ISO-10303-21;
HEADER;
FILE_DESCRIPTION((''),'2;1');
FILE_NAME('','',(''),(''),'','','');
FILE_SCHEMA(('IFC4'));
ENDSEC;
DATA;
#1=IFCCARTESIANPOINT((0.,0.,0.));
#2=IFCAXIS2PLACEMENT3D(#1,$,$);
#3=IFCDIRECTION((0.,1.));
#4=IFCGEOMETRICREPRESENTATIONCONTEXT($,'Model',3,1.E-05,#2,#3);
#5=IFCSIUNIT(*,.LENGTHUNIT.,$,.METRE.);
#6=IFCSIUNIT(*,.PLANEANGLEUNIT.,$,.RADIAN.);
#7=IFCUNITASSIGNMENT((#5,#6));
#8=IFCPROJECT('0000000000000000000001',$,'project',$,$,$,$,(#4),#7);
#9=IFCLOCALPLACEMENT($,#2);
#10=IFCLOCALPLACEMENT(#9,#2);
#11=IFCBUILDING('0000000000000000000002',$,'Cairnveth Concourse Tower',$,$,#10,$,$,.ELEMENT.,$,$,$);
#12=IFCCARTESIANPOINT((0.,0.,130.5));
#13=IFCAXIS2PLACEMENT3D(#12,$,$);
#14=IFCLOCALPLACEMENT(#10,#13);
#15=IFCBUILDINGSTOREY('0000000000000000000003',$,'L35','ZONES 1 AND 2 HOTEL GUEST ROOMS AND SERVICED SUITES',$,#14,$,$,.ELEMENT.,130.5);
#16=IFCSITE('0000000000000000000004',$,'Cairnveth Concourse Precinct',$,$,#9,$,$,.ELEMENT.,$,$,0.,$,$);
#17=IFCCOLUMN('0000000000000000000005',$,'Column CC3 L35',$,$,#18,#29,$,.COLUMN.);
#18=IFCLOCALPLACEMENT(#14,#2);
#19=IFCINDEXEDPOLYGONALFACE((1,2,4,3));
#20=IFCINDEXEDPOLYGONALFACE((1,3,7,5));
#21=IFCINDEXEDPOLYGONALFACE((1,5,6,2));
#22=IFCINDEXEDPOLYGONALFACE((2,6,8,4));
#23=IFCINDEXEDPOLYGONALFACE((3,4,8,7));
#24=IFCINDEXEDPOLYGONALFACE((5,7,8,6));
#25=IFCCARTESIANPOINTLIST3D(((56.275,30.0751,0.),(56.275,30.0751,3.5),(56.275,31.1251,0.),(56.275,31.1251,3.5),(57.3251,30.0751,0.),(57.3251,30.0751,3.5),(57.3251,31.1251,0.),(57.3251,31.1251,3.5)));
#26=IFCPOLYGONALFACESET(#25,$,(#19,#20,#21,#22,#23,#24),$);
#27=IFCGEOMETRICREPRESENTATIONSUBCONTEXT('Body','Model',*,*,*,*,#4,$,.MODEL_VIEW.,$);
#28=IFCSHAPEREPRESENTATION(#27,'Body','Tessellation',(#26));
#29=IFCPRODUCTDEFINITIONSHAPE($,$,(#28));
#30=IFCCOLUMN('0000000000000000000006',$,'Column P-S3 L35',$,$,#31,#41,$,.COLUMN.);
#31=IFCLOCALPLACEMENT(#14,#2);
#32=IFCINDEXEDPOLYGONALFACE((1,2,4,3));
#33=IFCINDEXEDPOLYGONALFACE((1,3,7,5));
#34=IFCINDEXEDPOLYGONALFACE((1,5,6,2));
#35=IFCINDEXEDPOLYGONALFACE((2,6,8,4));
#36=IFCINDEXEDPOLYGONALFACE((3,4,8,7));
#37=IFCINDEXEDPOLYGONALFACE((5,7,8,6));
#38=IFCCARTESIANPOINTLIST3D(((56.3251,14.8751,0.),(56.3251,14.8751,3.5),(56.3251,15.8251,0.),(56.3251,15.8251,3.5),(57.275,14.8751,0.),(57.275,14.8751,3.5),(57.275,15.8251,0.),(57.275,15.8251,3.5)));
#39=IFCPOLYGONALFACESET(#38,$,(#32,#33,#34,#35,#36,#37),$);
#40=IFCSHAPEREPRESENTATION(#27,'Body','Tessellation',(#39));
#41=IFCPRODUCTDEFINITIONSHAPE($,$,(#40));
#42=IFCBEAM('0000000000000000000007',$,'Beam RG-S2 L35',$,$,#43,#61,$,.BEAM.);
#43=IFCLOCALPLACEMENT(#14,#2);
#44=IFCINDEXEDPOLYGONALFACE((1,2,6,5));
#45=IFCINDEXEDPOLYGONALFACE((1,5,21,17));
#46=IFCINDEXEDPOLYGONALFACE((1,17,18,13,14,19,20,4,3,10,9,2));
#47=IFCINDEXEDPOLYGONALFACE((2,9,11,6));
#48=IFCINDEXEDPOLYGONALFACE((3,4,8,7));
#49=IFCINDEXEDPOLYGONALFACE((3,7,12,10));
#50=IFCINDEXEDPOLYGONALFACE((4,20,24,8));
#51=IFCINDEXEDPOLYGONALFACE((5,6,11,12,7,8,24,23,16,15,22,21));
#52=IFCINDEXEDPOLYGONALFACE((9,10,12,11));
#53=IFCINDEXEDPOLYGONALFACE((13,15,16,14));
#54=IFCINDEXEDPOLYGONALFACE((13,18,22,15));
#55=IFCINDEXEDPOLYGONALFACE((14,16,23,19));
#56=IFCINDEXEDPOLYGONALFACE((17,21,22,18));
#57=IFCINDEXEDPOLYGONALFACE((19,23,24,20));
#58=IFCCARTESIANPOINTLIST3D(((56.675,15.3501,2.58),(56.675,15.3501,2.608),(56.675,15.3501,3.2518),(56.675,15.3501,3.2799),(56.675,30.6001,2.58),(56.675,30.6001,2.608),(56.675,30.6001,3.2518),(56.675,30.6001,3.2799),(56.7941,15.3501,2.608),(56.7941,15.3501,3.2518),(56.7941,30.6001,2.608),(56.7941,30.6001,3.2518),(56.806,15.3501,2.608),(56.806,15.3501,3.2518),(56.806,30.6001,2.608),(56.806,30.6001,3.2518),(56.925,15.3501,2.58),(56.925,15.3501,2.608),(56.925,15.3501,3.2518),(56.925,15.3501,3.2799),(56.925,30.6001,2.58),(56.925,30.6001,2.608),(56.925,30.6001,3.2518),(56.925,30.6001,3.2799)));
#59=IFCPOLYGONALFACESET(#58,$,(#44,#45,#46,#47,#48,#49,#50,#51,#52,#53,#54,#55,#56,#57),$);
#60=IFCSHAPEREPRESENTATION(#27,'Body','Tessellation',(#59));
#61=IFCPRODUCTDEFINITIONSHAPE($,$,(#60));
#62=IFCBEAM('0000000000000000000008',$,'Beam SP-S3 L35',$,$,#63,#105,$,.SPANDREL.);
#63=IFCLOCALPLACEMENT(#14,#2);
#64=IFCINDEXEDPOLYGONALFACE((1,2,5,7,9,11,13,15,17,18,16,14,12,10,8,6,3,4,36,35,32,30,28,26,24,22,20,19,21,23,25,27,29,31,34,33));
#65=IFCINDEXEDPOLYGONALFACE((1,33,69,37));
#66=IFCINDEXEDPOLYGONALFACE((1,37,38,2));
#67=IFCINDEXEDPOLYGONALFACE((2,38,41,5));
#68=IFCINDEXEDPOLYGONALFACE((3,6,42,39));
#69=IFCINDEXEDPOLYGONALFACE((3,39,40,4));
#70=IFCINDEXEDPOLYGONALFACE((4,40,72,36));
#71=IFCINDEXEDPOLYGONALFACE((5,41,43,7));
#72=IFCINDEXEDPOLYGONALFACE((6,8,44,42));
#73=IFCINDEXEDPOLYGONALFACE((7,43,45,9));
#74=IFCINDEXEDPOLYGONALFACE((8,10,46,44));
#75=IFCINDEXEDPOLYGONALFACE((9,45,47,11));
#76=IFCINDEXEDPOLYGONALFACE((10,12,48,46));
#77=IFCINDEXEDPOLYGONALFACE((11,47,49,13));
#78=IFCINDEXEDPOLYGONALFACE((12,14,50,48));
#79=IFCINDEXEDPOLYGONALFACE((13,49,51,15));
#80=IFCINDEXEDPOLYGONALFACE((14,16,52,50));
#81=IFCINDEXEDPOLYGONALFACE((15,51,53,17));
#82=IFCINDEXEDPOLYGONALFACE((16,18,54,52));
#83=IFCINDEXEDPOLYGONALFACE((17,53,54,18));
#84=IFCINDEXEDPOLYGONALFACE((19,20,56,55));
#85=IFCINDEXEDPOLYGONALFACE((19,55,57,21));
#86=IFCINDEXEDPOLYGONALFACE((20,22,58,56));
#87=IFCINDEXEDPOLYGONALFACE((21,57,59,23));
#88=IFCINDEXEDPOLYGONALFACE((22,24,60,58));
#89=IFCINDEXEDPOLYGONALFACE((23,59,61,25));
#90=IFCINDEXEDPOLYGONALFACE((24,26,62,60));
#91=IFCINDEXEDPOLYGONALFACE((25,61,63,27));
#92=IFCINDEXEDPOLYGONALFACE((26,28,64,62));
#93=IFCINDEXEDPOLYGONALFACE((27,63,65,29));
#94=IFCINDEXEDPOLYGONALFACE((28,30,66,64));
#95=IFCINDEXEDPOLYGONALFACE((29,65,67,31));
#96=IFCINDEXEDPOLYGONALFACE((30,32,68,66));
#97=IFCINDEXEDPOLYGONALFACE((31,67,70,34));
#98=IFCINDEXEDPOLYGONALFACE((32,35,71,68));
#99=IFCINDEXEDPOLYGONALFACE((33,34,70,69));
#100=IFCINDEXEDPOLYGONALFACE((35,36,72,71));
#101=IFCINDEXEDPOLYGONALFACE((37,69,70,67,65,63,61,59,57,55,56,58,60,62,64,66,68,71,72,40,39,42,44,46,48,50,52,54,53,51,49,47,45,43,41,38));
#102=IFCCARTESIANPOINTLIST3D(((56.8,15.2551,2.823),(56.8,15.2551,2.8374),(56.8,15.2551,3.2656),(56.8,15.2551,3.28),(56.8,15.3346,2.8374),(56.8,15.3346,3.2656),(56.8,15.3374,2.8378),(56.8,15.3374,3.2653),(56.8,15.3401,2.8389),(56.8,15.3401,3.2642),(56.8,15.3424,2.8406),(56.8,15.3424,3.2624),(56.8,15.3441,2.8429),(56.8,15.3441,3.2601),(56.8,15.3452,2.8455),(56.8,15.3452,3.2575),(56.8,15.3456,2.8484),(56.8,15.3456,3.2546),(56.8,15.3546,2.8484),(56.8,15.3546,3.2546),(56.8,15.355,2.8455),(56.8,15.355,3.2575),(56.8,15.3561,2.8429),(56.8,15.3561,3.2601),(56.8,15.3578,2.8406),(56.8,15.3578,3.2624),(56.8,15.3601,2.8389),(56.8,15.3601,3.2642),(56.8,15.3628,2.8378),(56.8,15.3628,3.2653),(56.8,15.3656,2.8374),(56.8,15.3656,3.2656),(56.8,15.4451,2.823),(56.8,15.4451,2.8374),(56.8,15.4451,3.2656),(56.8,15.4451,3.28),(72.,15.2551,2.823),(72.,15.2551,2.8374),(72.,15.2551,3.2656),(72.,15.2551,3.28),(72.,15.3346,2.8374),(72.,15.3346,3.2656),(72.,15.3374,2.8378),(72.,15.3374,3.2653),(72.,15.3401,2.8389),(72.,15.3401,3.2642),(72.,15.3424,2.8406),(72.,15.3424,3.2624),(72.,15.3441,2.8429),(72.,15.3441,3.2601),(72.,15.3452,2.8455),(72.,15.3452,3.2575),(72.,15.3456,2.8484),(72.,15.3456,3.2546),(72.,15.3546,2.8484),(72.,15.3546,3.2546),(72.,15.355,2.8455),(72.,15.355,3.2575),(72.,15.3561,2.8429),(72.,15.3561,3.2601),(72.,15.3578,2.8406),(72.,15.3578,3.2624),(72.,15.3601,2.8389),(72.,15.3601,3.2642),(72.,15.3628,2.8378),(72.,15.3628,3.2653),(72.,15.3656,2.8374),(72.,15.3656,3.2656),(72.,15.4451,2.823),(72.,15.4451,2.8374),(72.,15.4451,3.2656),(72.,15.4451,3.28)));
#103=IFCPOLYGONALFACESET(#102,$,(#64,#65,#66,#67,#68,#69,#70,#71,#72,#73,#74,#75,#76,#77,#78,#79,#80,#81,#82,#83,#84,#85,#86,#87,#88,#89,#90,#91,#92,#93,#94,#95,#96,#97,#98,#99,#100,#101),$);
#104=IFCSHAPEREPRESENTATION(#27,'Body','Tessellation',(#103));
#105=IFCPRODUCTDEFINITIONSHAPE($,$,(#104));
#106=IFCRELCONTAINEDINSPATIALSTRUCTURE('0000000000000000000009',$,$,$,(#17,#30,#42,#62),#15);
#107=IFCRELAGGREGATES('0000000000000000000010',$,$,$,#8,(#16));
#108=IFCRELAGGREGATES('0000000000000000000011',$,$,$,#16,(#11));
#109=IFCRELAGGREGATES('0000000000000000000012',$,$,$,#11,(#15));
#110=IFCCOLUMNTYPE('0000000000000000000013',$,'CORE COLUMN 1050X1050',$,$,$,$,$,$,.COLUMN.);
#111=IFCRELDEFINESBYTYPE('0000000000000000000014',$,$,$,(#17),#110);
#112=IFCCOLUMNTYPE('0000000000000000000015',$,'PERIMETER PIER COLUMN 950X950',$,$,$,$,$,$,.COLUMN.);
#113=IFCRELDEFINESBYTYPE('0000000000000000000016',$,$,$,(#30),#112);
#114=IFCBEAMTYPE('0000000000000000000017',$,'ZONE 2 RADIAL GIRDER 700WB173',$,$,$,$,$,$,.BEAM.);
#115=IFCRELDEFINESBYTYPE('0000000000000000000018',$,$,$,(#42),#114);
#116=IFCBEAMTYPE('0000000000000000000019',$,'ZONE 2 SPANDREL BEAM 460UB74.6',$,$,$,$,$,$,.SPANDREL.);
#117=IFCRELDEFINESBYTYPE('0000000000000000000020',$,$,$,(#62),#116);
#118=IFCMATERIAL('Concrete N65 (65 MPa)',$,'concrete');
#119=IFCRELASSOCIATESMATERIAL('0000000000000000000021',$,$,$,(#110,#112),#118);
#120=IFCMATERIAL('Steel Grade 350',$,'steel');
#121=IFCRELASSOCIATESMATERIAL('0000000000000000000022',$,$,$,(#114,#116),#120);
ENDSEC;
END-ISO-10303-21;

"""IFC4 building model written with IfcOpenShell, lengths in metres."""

from ifc_helpers import new_model, si_unit, direction, frame, origin, origin_2d, place, context, subcontext, project, spatial, rectangle, i_section, extrude, material, material_profile, profile_set, type_object, element, save


model = new_model("IFC4")

# Units and contexts
model_context = context("Model", 3, precision=1e-05, world=origin(), true_north=direction((0.0, 1.0)))
body_context = subcontext(model_context, "Body", "Model", "MODEL_VIEW")
ifc_project = project(units=[si_unit("LENGTHUNIT", "METRE"), si_unit("PLANEANGLEUNIT", "RADIAN")], contexts=[model_context])

# Site, building, storey
site_placement = place(None, origin())
site = spatial("IfcSite", under=ifc_project, at=site_placement, Name="Cairnveth Concourse Precinct", CompositionType="ELEMENT", RefElevation=0.0)
building_placement = place(site_placement, origin())
building = spatial("IfcBuilding", under=site, at=building_placement, Name="Cairnveth Concourse Tower", CompositionType="ELEMENT")
storey_placement = place(building_placement, frame((0.0, 0.0, 130.5)))
storey = spatial("IfcBuildingStorey", under=building, at=storey_placement, Name="L35", Description="ZONES 1 AND 2 HOTEL GUEST ROOMS AND SERVICED SUITES", CompositionType="ELEMENT", Elevation=130.5)

# Columns
ifc_material_1 = material(Name="Concrete N65 (65 MPa)", Category="concrete")
ifc_material_profile_1 = material_profile(ifc_material_1, rectangle(XDim=1.05, YDim=1.05, at=origin_2d()), Name="RC-COL-1050x1050")
ifc_profile_set_1 = profile_set([ifc_material_profile_1], Name="Concrete N65 (65 MPa)")
column_type_1 = type_object("IfcColumnType", Name="CORE COLUMN 1050X1050", PredefinedType="COLUMN", material=ifc_profile_set_1)
column_1_placement = place(storey_placement, frame((56.8, 30.6001, 0.0), z_axis=(0.0, 0.0, 1.0), x_axis=(1.0, 0.0, 0.0)))
element("IfcColumn", 1, at=column_1_placement, inside=storey, type_object=column_type_1, Name="Column CC3 L35", PredefinedType="COLUMN", context=body_context, shape_type="SweptSolid", body=[
    extrude(rectangle(XDim=1.05, YDim=1.05, at=origin_2d()), origin(), (0.0, 0.0, 1.0), 3.5),
])
ifc_material_profile_2 = material_profile(ifc_material_1, rectangle(XDim=0.95, YDim=0.95, at=origin_2d()), Name="RC-COL-950x950")
ifc_profile_set_2 = profile_set([ifc_material_profile_2], Name="Concrete N65 (65 MPa)")
column_type_2 = type_object("IfcColumnType", Name="PERIMETER PIER COLUMN 950X950", PredefinedType="COLUMN", material=ifc_profile_set_2)
column_2_placement = place(storey_placement, frame((56.8, 15.3501, 0.0), z_axis=(0.0, 0.0, 1.0), x_axis=(1.0, 0.0, 0.0)))
element("IfcColumn", 2, at=column_2_placement, inside=storey, type_object=column_type_2, Name="Column P-S3 L35", PredefinedType="COLUMN", context=body_context, shape_type="SweptSolid", body=[
    extrude(rectangle(XDim=0.95, YDim=0.95, at=origin_2d()), origin(), (0.0, 0.0, 1.0), 3.5),
])

# Beams
ifc_material_2 = material(Name="Steel Grade 350", Category="steel")
ifc_material_profile_3 = material_profile(ifc_material_2, i_section(OverallWidth=0.25, OverallDepth=0.7, WebThickness=0.012, FlangeThickness=0.0281, at=origin_2d()), Name="700WB173")
ifc_profile_set_3 = profile_set([ifc_material_profile_3], Name="Steel Grade 350")
beam_type_1 = type_object("IfcBeamType", Name="ZONE 2 RADIAL GIRDER 700WB173", PredefinedType="BEAM", material=ifc_profile_set_3)
beam_1_placement = place(storey_placement, frame((56.8, 15.3501, 2.9299), z_axis=(0.0, 1.0, 0.0), x_axis=(-1.0, 0.0, 0.0)))
element("IfcBeam", 3, at=beam_1_placement, inside=storey, type_object=beam_type_1, Name="Beam RG-S2 L35", PredefinedType="BEAM", context=body_context, shape_type="SweptSolid", body=[
    extrude(i_section(OverallWidth=0.25, OverallDepth=0.7, WebThickness=0.012, FlangeThickness=0.0281, at=origin_2d()), origin(), (0.0, 0.0, 1.0), 15.25),
])
ifc_material_profile_4 = material_profile(ifc_material_2, i_section(OverallWidth=0.1899, OverallDepth=0.457, WebThickness=0.009, FlangeThickness=0.0144, FilletRadius=0.011, at=origin_2d()), Name="460UB74.6")
ifc_profile_set_4 = profile_set([ifc_material_profile_4], Name="Steel Grade 350")
beam_type_2 = type_object("IfcBeamType", Name="ZONE 2 SPANDREL BEAM 460UB74.6", PredefinedType="SPANDREL", material=ifc_profile_set_4)
beam_2_placement = place(storey_placement, frame((56.8, 15.3501, 3.0515), z_axis=(1.0, 0.0, 0.0), x_axis=(0.0, 1.0, 0.0)))
element("IfcBeam", 4, at=beam_2_placement, inside=storey, type_object=beam_type_2, Name="Beam SP-S3 L35", PredefinedType="SPANDREL", context=body_context, shape_type="SweptSolid", body=[
    extrude(i_section(OverallWidth=0.1899, OverallDepth=0.457, WebThickness=0.009, FlangeThickness=0.0144, FilletRadius=0.011, at=origin_2d()), origin(), (0.0, 0.0, 1.0), 15.2),
])

save(model, "model.ifc")
